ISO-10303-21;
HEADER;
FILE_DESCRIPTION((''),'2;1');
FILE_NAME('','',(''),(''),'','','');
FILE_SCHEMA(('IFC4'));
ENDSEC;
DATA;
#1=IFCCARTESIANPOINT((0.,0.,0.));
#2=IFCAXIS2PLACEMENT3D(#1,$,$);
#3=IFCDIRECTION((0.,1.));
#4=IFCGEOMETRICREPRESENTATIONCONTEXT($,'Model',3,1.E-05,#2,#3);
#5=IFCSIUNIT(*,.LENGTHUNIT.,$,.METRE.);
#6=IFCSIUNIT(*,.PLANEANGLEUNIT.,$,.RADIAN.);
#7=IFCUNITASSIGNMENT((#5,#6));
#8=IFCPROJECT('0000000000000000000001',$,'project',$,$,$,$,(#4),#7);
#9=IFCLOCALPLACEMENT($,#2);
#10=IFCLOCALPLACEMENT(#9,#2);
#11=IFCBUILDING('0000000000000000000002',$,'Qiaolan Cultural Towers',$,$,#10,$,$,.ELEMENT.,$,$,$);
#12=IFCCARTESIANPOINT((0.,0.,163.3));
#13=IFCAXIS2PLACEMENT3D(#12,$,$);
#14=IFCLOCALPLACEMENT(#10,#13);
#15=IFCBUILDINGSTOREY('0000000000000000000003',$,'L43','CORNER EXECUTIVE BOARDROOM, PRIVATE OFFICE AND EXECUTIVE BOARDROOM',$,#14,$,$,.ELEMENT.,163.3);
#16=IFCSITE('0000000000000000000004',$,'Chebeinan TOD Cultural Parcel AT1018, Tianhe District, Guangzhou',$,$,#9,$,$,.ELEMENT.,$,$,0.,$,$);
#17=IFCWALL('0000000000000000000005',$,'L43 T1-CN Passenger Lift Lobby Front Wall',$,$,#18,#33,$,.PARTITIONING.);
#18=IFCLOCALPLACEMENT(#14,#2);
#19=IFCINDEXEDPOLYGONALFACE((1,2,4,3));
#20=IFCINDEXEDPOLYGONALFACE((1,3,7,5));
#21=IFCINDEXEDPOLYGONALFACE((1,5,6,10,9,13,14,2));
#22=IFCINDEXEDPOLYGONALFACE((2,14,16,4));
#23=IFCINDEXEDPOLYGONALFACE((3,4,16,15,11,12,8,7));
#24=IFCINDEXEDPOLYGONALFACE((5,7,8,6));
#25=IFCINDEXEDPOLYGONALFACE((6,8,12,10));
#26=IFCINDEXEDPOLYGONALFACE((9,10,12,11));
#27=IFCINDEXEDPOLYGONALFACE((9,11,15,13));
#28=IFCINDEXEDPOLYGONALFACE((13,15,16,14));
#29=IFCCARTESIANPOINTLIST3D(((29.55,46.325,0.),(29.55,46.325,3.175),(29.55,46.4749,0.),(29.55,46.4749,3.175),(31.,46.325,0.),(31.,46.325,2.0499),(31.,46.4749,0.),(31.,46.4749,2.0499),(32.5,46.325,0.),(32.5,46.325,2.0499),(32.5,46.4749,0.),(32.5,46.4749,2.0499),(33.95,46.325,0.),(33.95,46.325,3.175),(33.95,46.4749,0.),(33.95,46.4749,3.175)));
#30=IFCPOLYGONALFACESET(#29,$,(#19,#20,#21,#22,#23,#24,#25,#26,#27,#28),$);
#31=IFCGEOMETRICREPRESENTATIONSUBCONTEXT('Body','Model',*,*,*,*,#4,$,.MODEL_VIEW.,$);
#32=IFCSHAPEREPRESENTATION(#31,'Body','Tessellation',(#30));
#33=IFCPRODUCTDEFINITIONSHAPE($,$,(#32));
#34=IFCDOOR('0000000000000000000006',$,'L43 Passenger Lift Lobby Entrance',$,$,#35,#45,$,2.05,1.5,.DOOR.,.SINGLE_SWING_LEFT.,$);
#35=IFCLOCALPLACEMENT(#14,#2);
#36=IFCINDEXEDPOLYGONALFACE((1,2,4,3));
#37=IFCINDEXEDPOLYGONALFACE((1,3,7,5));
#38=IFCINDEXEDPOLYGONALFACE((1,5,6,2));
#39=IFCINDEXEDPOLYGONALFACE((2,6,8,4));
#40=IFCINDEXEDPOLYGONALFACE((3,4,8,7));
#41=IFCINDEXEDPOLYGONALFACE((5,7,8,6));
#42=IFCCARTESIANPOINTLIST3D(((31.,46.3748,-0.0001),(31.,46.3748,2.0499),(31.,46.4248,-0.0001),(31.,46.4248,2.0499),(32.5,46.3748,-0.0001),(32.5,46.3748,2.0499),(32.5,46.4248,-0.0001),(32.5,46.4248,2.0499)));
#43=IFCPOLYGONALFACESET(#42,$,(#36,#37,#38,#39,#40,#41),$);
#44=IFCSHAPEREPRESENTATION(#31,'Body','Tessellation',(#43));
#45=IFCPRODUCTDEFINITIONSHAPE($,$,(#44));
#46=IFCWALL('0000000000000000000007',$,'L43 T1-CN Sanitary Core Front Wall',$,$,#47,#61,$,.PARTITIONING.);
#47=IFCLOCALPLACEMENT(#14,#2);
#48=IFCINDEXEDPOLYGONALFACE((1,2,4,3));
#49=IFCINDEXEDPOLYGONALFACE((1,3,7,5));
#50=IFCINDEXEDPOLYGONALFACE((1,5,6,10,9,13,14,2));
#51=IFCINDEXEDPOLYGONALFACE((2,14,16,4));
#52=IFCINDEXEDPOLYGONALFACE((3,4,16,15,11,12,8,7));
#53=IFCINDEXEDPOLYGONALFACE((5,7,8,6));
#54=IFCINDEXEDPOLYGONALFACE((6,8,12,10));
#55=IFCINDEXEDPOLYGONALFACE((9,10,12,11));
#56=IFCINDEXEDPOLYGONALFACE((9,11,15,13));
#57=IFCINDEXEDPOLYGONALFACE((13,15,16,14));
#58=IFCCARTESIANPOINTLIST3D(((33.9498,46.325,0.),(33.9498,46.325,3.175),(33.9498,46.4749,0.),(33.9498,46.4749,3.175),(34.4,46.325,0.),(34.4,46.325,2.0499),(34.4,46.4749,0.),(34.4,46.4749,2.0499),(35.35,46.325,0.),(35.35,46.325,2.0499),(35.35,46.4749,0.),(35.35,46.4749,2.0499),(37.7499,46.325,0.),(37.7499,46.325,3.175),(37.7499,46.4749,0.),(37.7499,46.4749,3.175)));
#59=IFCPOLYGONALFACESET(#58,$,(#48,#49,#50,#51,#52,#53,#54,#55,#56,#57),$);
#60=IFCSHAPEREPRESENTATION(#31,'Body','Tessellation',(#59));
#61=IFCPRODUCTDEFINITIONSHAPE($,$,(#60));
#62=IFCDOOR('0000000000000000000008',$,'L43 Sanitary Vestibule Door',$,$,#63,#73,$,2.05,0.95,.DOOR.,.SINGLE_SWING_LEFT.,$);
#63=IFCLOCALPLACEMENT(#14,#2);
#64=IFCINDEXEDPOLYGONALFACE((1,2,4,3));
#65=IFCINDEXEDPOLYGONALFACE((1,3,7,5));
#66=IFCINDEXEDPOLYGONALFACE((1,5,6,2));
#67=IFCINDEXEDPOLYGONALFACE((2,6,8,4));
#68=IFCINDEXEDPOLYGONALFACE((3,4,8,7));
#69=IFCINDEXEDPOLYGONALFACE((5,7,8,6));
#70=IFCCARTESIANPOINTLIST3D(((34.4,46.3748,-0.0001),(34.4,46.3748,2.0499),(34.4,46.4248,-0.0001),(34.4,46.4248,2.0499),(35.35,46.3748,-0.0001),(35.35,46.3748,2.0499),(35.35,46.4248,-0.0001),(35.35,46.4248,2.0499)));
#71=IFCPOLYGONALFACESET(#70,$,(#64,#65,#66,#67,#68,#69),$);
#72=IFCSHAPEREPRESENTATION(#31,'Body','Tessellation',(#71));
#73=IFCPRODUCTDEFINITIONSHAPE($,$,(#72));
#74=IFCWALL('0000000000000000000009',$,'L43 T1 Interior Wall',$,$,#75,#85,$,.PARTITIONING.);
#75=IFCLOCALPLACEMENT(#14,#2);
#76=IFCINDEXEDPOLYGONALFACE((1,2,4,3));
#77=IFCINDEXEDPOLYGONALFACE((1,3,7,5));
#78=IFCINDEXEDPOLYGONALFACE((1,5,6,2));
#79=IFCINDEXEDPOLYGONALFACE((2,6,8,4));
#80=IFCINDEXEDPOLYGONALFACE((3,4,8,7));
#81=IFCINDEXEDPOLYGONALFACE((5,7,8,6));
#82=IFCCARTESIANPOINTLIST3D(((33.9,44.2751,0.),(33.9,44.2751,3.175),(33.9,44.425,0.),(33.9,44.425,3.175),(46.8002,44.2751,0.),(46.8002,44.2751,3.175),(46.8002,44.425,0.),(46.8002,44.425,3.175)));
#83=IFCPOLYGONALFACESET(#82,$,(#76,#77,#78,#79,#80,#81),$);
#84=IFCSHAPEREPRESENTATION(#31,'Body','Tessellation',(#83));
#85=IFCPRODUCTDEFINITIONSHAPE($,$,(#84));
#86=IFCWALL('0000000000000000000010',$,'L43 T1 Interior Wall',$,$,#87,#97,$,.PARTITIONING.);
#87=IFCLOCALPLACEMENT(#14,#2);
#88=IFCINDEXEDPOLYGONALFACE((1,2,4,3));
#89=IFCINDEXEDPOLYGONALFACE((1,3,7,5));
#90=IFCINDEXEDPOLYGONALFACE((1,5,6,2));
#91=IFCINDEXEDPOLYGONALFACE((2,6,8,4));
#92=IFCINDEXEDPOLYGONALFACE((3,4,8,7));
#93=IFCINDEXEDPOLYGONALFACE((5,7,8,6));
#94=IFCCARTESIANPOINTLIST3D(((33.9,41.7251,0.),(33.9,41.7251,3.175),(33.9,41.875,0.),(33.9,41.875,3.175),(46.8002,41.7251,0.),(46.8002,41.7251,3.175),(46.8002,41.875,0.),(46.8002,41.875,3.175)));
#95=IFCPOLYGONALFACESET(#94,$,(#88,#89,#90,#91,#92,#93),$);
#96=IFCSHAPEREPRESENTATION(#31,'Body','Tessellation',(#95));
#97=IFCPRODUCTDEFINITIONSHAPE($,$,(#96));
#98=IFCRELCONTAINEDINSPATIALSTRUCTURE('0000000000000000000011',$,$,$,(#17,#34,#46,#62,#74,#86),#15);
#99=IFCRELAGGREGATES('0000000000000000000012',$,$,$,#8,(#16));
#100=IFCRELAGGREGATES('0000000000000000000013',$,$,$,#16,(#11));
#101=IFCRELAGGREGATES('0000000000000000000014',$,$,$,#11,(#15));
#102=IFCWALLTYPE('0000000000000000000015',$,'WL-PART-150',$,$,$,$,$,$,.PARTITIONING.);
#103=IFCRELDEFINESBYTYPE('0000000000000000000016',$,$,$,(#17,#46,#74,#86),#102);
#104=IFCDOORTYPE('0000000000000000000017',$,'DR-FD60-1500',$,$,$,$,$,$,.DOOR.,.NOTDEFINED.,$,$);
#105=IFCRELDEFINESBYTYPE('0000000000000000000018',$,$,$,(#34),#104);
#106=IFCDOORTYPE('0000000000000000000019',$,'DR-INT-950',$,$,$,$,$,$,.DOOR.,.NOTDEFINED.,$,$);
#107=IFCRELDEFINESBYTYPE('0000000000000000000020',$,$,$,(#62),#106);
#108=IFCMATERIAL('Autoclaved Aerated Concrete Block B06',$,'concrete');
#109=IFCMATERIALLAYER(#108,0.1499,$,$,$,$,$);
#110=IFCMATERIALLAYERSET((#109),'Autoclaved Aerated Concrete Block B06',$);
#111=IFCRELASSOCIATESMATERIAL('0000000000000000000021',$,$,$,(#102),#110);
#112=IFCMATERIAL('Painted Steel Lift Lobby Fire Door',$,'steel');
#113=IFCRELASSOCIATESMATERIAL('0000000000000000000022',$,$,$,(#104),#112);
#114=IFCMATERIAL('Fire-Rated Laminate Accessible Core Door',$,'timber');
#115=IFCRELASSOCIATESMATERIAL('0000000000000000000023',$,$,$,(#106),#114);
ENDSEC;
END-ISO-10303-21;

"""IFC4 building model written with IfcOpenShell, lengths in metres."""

from ifc_helpers import new_model, si_unit, direction, frame, frame_2d, origin, place, context, subcontext, project, spatial, rectangle, extrude, material, layer, layer_set, type_object, element, fill, save


model = new_model("IFC4")

# Units and contexts
model_context = context("Model", 3, precision=1e-05, world=origin(), true_north=direction((0.0, 1.0)))
body_context = subcontext(model_context, "Body", "Model", "MODEL_VIEW")
ifc_project = project(units=[si_unit("LENGTHUNIT", "METRE"), si_unit("PLANEANGLEUNIT", "RADIAN")], contexts=[model_context])

# Site, building, storey
site_placement = place(None, origin())
site = spatial("IfcSite", under=ifc_project, at=site_placement, Name="Chebeinan TOD Cultural Parcel AT1018, Tianhe District, Guangzhou", CompositionType="ELEMENT", RefElevation=0.0)
building_placement = place(site_placement, origin())
building = spatial("IfcBuilding", under=site, at=building_placement, Name="Qiaolan Cultural Towers", CompositionType="ELEMENT")
storey_placement = place(building_placement, frame((0.0, 0.0, 163.3)))
storey = spatial("IfcBuildingStorey", under=building, at=storey_placement, Name="L43", Description="CORNER EXECUTIVE BOARDROOM, PRIVATE OFFICE AND EXECUTIVE BOARDROOM", CompositionType="ELEMENT", Elevation=163.3)

# Walls, openings, doors
ifc_material_1 = material(Name="Autoclaved Aerated Concrete Block B06", Category="concrete")
ifc_layer_1 = layer(ifc_material_1, 0.1499)
ifc_layer_set_1 = layer_set([ifc_layer_1], Name="Autoclaved Aerated Concrete Block B06")
wall_type_1 = type_object("IfcWallType", Name="WL-PART-150", PredefinedType="PARTITIONING", material=ifc_layer_set_1)
wall_1_placement = place(storey_placement, frame((29.55, 46.3999, 0.0), z_axis=(0.0, 0.0, 1.0), x_axis=(1.0, 0.0, 0.0)))
wall_1 = element("IfcWall", 1, at=wall_1_placement, inside=storey, type_object=wall_type_1, Name="L43 T1-CN Passenger Lift Lobby Front Wall", PredefinedType="PARTITIONING", context=body_context, shape_type="SweptSolid", body=[
    extrude(rectangle(XDim=4.3999, YDim=0.1499, at=frame_2d((2.2, 0.0))), origin(), (0.0, 0.0, 1.0), 3.175),
])
opening_1_placement = place(wall_1_placement, frame((1.45, 0.0, 0.0)))
opening_1 = element("IfcOpeningElement", 2, at=opening_1_placement, cuts=wall_1, PredefinedType="OPENING", context=body_context, shape_type="SweptSolid", body=[
    extrude(rectangle(XDim=1.5, YDim=2.05, at=frame_2d((0.75, 1.0249))), frame((0.0, 0.085, 0.0), z_axis=(0.0, -1.0, 0.0), x_axis=(1.0, 0.0, 0.0)), (0.0, 0.0, 1.0), 0.1699),
])
ifc_material_2 = material(Name="Painted Steel Lift Lobby Fire Door", Category="steel")
door_type_1 = type_object("IfcDoorType", Name="DR-FD60-1500", OperationType="NOTDEFINED", PredefinedType="DOOR", material=ifc_material_2)
door_1_placement = place(opening_1_placement, origin())
door_1 = element("IfcDoor", 3, at=door_1_placement, inside=storey, type_object=door_type_1, Name="L43 Passenger Lift Lobby Entrance", OperationType="SINGLE_SWING_LEFT", OverallHeight=2.05, OverallWidth=1.5, PredefinedType="DOOR", context=body_context, shape_type="SweptSolid", body=[
    extrude(rectangle(XDim=1.5, YDim=2.05, at=frame_2d((0.75, 1.0249))), frame((0.0, 0.0249, 0.0), z_axis=(0.0, -1.0, 0.0), x_axis=(1.0, 0.0, 0.0)), (0.0, 0.0, 1.0), 0.05),
])
fill(opening_1, door_1)
wall_2_placement = place(storey_placement, frame((33.95, 46.3999, 0.0), z_axis=(0.0, 0.0, 1.0), x_axis=(1.0, 0.0, 0.0)))
wall_2 = element("IfcWall", 4, at=wall_2_placement, inside=storey, type_object=wall_type_1, Name="L43 T1-CN Sanitary Core Front Wall", PredefinedType="PARTITIONING", context=body_context, shape_type="SweptSolid", body=[
    extrude(rectangle(XDim=3.8, YDim=0.1499, at=frame_2d((1.8999, 0.0))), origin(), (0.0, 0.0, 1.0), 3.175),
])
opening_2_placement = place(wall_2_placement, frame((0.45, 0.0, 0.0)))
opening_2 = element("IfcOpeningElement", 5, at=opening_2_placement, cuts=wall_2, PredefinedType="OPENING", context=body_context, shape_type="SweptSolid", body=[
    extrude(rectangle(XDim=0.95, YDim=2.05, at=frame_2d((0.4751, 1.0249))), frame((0.0, 0.085, 0.0), z_axis=(0.0, -1.0, 0.0), x_axis=(1.0, 0.0, 0.0)), (0.0, 0.0, 1.0), 0.1699),
])
ifc_material_3 = material(Name="Fire-Rated Laminate Accessible Core Door", Category="timber")
door_type_2 = type_object("IfcDoorType", Name="DR-INT-950", OperationType="NOTDEFINED", PredefinedType="DOOR", material=ifc_material_3)
door_2_placement = place(opening_2_placement, origin())
door_2 = element("IfcDoor", 6, at=door_2_placement, inside=storey, type_object=door_type_2, Name="L43 Sanitary Vestibule Door", OperationType="SINGLE_SWING_LEFT", OverallHeight=2.05, OverallWidth=0.95, PredefinedType="DOOR", context=body_context, shape_type="SweptSolid", body=[
    extrude(rectangle(XDim=0.95, YDim=2.05, at=frame_2d((0.4751, 1.0249))), frame((0.0, 0.0249, 0.0), z_axis=(0.0, -1.0, 0.0), x_axis=(1.0, 0.0, 0.0)), (0.0, 0.0, 1.0), 0.05),
])
fill(opening_2, door_2)

# Walls
for number, where, z_axis, x_axis, name in (
    (7, (33.8999, 44.3501, 0.0), (0.0, 0.0, 1.0), (1.0, 0.0, 0.0), "L43 T1 Interior Wall"),
    (8, (33.8999, 41.8, 0.0), (0.0, 0.0, 1.0), (1.0, 0.0, 0.0), "L43 T1 Interior Wall"),
):
    element("IfcWall", number, at=place(storey_placement, frame(where, z_axis=z_axis, x_axis=x_axis)), inside=storey, type_object=wall_type_1, Name=name, PredefinedType="PARTITIONING", context=body_context, shape_type="SweptSolid", body=[
        extrude(rectangle(XDim=12.9001, YDim=0.1499, at=frame_2d((6.4502, 0.0))), origin(), (0.0, 0.0, 1.0), 3.175),
    ])

save(model, "model.ifc")
